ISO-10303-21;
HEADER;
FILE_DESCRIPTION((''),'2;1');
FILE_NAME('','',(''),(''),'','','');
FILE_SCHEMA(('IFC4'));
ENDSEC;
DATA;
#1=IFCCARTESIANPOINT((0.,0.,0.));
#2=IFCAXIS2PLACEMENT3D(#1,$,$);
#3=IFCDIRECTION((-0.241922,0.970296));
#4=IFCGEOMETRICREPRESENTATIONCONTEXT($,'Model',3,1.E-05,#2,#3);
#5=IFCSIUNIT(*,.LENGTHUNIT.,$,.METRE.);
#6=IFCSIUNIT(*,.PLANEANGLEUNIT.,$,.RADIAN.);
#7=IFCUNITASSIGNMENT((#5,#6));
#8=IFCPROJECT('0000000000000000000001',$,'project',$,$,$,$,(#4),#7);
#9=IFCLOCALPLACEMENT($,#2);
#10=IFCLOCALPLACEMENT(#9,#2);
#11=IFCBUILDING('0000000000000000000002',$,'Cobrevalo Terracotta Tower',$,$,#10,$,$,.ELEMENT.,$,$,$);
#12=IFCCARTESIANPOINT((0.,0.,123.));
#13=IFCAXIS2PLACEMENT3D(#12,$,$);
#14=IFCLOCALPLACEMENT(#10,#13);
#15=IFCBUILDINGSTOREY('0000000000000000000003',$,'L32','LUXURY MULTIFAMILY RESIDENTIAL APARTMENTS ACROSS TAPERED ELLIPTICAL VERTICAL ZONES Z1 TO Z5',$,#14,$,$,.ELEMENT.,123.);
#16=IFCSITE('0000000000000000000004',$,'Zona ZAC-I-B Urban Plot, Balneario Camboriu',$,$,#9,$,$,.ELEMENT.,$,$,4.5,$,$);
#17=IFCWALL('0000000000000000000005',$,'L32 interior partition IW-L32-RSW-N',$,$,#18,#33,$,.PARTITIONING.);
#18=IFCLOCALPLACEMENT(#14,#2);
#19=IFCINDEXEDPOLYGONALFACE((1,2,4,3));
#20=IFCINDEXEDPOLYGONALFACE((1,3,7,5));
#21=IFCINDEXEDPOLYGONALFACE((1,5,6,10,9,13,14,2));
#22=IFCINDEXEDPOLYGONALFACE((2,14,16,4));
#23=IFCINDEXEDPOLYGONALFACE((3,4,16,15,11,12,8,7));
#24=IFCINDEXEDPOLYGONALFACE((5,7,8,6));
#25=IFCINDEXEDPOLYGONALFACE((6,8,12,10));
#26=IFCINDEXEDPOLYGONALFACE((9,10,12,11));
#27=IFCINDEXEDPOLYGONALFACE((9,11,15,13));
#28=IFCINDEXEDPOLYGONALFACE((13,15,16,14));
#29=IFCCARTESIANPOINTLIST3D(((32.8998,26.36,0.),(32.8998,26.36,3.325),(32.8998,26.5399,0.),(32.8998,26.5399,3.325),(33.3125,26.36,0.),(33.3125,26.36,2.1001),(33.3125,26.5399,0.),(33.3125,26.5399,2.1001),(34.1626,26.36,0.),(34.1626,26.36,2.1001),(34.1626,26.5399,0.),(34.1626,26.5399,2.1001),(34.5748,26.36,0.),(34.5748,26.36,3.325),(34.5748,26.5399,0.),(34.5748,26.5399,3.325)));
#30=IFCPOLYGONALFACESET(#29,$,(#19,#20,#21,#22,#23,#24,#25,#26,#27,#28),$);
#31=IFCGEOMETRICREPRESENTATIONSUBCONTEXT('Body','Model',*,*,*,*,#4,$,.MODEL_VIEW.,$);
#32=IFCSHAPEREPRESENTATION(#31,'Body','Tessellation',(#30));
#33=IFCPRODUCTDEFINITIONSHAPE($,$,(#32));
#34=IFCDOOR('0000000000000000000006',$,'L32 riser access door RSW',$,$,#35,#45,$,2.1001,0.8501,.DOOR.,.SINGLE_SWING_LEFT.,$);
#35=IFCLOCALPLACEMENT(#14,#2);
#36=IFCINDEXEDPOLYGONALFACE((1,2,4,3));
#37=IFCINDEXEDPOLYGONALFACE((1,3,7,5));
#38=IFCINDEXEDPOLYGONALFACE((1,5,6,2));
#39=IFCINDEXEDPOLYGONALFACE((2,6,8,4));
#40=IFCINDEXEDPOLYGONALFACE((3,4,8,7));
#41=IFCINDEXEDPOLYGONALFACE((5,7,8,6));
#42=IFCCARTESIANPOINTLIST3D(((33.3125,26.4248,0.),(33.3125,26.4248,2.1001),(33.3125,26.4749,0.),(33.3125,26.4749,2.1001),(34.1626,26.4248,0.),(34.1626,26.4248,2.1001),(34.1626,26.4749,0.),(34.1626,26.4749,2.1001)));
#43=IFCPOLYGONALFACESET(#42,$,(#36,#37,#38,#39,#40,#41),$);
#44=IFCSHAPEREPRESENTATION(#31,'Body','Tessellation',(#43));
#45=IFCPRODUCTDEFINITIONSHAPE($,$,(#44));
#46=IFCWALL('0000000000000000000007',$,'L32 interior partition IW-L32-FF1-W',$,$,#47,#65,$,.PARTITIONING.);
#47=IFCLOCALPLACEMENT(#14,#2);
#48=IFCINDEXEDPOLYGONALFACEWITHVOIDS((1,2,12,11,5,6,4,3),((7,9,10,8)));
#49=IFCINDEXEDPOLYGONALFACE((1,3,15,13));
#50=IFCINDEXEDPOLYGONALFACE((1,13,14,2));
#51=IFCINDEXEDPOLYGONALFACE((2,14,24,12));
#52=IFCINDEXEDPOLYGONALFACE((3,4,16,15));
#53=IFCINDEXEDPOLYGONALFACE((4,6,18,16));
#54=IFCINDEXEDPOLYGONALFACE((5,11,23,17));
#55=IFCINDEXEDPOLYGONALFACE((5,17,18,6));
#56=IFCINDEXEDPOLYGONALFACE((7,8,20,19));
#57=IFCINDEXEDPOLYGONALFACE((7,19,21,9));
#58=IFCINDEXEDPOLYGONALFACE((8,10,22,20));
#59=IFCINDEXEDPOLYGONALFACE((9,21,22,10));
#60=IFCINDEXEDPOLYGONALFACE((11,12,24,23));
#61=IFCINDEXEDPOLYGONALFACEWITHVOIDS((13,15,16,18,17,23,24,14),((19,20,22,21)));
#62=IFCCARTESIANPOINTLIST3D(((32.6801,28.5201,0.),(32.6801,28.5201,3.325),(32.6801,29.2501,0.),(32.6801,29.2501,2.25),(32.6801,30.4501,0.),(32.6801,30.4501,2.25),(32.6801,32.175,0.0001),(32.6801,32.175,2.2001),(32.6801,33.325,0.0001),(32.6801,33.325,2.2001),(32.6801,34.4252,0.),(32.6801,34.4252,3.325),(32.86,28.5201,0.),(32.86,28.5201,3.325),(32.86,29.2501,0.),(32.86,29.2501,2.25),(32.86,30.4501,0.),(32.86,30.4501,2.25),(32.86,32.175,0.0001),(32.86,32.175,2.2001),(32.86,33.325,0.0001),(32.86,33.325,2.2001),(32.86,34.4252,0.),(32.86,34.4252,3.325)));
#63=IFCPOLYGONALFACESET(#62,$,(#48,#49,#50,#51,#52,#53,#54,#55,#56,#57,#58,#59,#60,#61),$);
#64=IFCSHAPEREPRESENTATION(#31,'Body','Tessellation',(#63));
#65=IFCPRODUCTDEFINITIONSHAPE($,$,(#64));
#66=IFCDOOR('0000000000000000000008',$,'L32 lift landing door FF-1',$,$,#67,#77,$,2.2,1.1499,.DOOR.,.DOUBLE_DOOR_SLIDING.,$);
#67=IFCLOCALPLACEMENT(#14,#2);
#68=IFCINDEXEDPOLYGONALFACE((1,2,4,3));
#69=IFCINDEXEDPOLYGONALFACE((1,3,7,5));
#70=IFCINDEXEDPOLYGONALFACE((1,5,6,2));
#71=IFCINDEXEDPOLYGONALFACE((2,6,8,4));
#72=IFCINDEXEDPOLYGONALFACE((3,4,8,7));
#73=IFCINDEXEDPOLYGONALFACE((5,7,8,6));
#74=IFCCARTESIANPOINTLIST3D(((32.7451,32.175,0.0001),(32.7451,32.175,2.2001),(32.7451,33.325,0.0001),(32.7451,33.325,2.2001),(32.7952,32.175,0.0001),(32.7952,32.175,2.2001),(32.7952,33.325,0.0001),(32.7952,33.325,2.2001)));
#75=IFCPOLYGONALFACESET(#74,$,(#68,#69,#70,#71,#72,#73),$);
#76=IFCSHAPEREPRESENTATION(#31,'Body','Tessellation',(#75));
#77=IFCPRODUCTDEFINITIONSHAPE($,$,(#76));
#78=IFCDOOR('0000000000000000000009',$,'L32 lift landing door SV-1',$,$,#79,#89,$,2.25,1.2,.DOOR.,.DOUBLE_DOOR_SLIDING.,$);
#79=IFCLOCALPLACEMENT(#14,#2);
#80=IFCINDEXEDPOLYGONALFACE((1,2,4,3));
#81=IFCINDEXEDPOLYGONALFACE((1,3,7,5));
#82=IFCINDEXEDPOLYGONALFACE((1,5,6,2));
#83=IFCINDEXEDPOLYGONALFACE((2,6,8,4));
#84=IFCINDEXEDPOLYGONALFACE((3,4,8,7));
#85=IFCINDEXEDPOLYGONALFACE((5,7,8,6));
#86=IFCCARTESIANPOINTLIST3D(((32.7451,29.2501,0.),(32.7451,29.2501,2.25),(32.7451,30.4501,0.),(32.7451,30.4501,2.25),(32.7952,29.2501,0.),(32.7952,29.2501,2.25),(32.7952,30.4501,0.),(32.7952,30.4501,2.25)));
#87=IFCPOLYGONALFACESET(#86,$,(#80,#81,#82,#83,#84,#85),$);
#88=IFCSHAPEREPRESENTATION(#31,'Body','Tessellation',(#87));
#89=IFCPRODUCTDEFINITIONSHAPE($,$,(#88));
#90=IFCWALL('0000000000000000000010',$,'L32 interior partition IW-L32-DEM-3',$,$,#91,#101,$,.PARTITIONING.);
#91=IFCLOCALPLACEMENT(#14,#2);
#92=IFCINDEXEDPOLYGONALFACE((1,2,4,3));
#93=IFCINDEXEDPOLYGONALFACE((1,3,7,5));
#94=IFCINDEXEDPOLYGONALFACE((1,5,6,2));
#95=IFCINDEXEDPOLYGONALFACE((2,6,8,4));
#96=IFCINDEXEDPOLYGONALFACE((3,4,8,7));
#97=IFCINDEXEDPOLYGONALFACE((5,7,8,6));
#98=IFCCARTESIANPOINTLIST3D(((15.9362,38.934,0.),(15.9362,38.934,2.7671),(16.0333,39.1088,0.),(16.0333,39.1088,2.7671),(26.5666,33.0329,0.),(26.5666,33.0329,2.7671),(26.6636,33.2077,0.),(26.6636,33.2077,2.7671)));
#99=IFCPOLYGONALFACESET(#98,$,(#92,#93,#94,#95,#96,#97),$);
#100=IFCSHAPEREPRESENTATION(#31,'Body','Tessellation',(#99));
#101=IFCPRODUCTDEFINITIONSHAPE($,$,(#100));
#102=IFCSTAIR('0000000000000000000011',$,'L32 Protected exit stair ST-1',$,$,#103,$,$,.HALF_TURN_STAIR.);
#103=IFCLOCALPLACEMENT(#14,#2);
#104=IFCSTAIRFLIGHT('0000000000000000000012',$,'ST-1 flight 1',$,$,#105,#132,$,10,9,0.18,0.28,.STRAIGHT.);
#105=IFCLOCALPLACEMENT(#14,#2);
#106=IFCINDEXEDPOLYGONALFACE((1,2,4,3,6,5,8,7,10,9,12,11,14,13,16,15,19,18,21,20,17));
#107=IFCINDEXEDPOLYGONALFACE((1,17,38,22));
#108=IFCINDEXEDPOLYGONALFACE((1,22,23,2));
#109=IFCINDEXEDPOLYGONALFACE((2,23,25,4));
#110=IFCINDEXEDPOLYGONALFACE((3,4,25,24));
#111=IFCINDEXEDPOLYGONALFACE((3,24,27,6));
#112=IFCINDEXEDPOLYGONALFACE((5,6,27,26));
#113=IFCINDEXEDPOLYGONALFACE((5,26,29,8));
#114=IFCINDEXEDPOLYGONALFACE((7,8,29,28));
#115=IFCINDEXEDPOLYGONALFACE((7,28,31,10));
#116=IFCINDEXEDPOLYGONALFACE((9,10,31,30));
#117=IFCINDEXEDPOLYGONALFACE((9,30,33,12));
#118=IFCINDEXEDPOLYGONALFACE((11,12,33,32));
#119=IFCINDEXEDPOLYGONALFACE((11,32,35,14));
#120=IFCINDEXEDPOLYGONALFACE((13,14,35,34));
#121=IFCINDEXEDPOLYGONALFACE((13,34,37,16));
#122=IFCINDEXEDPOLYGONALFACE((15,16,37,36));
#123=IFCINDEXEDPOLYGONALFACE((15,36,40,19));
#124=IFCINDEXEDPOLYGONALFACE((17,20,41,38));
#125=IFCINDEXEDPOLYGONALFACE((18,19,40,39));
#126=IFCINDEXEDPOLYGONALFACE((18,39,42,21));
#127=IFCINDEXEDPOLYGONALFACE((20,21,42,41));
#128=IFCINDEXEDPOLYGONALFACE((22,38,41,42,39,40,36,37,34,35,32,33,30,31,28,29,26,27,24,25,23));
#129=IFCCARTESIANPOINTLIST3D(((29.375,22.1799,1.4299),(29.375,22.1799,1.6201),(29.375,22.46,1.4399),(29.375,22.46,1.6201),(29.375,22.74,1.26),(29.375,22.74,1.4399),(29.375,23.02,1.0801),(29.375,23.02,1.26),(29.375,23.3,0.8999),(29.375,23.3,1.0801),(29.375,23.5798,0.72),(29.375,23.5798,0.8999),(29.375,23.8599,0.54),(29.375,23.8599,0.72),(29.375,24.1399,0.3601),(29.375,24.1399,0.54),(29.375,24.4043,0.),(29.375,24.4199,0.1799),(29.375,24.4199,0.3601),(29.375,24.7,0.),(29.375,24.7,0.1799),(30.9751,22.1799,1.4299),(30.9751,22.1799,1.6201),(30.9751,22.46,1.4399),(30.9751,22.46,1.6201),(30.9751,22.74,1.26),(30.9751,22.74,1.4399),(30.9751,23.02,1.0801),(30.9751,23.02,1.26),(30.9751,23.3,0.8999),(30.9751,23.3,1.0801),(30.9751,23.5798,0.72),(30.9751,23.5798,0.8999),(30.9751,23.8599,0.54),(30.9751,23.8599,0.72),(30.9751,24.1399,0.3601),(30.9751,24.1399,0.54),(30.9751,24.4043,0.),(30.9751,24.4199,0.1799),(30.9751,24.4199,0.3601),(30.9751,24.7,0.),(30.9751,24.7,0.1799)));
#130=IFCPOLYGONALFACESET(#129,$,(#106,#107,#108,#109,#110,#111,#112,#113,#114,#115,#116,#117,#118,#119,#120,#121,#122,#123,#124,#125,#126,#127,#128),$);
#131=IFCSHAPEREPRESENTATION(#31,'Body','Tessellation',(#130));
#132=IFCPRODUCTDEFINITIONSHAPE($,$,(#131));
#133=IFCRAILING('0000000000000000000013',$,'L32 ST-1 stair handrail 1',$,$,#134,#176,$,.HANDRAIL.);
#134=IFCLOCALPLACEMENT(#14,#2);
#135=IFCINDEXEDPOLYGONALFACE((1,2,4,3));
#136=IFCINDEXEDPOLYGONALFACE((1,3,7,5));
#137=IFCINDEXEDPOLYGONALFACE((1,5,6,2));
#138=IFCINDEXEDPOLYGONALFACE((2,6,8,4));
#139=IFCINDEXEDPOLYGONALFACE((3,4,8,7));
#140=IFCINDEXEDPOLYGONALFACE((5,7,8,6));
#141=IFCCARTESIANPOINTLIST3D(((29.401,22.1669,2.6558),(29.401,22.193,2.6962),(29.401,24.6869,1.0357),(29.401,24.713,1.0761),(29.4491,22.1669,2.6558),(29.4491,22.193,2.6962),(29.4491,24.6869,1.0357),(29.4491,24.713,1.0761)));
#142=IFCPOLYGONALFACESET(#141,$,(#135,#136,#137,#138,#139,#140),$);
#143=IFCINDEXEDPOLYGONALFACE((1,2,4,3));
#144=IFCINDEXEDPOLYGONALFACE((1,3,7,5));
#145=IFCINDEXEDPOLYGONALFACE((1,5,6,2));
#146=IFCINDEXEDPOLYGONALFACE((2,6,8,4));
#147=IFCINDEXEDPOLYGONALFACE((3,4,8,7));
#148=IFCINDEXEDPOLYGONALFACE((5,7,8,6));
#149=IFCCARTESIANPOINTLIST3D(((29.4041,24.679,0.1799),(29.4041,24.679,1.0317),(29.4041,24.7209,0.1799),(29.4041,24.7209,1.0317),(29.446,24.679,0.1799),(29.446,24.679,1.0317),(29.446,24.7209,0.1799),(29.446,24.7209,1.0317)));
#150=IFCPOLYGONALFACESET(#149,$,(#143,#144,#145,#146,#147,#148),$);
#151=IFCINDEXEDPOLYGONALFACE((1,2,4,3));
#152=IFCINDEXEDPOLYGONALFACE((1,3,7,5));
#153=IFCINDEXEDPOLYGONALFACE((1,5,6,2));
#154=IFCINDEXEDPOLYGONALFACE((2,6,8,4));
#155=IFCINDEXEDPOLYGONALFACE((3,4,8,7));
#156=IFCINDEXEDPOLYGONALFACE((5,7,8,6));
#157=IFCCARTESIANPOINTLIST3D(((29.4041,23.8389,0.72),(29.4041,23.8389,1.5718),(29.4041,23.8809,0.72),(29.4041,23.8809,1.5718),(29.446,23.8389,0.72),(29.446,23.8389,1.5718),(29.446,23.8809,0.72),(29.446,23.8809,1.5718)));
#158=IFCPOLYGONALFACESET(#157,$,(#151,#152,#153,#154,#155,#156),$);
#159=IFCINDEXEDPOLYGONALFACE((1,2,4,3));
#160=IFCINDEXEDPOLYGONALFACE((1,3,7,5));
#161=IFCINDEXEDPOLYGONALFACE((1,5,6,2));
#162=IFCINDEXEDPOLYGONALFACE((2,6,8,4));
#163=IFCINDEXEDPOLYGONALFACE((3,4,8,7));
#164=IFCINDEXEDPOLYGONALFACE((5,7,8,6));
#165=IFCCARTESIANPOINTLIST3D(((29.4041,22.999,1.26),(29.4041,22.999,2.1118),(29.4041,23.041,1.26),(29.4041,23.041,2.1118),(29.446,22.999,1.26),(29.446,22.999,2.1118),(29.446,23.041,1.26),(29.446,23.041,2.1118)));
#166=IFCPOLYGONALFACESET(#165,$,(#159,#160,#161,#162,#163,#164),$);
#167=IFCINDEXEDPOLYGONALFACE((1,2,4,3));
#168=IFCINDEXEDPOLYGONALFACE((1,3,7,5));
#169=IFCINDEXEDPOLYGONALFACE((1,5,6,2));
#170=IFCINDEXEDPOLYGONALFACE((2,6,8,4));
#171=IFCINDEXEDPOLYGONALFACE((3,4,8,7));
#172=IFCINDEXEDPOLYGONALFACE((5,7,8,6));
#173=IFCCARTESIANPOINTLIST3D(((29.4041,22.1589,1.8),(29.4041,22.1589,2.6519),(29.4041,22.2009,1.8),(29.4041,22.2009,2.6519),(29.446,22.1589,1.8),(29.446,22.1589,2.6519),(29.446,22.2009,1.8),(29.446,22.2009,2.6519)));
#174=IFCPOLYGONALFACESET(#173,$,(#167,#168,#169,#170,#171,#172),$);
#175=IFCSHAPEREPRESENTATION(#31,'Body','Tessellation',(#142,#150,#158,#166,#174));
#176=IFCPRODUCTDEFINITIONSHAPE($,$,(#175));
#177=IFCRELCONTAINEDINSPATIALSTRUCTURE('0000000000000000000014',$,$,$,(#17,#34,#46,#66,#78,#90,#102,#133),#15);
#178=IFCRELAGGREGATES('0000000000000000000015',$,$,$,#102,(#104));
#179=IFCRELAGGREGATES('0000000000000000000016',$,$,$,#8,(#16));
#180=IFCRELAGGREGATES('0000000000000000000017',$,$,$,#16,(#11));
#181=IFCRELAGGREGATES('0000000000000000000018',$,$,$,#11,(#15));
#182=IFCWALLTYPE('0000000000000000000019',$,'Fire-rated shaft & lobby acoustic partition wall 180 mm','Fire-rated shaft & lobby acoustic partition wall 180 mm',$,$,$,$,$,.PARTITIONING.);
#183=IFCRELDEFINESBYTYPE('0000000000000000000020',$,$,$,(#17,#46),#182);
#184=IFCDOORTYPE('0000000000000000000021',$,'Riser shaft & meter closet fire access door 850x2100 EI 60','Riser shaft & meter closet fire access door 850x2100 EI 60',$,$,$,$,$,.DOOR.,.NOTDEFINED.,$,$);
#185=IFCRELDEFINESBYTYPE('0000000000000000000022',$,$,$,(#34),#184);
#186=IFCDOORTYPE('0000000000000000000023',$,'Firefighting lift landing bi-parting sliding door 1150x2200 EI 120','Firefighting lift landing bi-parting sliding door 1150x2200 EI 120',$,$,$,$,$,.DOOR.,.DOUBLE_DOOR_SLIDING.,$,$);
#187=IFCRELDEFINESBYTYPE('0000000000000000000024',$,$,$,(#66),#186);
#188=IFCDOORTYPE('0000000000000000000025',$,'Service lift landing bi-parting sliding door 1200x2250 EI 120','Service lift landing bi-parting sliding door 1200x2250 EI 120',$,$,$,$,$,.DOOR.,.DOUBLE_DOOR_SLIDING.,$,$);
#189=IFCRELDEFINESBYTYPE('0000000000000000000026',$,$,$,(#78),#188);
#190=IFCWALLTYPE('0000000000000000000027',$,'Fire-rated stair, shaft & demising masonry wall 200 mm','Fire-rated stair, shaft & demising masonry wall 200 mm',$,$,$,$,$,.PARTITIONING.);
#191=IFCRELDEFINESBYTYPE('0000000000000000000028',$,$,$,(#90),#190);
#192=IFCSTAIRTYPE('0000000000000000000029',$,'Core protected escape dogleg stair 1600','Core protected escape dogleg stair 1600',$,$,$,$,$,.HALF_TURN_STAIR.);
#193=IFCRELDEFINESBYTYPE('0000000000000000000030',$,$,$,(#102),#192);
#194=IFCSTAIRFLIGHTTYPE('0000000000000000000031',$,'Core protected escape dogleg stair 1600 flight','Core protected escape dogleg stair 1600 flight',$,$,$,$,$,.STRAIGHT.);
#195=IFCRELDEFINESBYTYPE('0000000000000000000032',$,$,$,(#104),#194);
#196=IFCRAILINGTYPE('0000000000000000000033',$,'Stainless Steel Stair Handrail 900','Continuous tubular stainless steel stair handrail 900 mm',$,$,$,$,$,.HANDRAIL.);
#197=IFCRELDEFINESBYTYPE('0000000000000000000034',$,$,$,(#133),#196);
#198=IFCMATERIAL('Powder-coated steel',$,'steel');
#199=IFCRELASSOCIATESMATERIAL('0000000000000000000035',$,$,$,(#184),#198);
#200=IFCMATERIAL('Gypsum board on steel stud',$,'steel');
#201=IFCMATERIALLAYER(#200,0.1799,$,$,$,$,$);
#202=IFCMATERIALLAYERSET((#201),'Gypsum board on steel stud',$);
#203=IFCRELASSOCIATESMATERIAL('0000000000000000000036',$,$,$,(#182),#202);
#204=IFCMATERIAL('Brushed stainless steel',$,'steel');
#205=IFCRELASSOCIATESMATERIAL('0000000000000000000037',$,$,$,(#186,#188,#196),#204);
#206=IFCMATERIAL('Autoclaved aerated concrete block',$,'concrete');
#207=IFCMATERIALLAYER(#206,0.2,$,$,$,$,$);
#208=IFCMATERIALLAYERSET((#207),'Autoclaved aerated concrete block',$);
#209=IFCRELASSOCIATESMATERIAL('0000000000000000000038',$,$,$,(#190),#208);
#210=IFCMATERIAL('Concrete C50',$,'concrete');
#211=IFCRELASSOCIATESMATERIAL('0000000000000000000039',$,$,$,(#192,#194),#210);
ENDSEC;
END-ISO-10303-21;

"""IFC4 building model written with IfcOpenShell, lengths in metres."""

from ifc_helpers import new_model, si_unit, direction, frame, frame_2d, origin, origin_2d, place, context, subcontext, project, spatial, polyline, rectangle, outline, extrude, source, transform, mapped, material, layer, layer_set, type_object, element, fill, aggregate, save


model = new_model("IFC4")

# Units and contexts
model_context = context("Model", 3, precision=1e-05, world=origin(), true_north=direction((-0.241922, 0.970296)))
body_context = subcontext(model_context, "Body", "Model", "MODEL_VIEW")
ifc_project = project(units=[si_unit("LENGTHUNIT", "METRE"), si_unit("PLANEANGLEUNIT", "RADIAN")], contexts=[model_context])

# Site, building, storey
site_placement = place(None, origin())
site = spatial("IfcSite", under=ifc_project, at=site_placement, Name="Zona ZAC-I-B Urban Plot, Balneario Camboriu", CompositionType="ELEMENT", RefElevation=4.5)
building_placement = place(site_placement, origin())
building = spatial("IfcBuilding", under=site, at=building_placement, Name="Cobrevalo Terracotta Tower", CompositionType="ELEMENT")
storey_placement = place(building_placement, frame((0.0, 0.0, 123.0)))
storey = spatial("IfcBuildingStorey", under=building, at=storey_placement, Name="L32", Description="LUXURY MULTIFAMILY RESIDENTIAL APARTMENTS ACROSS TAPERED ELLIPTICAL VERTICAL ZONES Z1 TO Z5", CompositionType="ELEMENT", Elevation=123.0)

# Shared definitions
ifc_material_1 = material(Name="Powder-coated steel", Category="steel")
door_type_1 = type_object("IfcDoorType", Name="Riser shaft & meter closet fire access door 850x2100 EI 60", Description="Riser shaft & meter closet fire access door 850x2100 EI 60", OperationType="NOTDEFINED", PredefinedType="DOOR", material=ifc_material_1)
shared_shape_1 = source(origin(), body_context, "Body", "SweptSolid", [
    extrude(rectangle(XDim=0.8501, YDim=2.1001, at=frame_2d((0.425, 1.05))), frame((0.0, 0.0249, 0.0), z_axis=(0.0, -1.0, 0.0), x_axis=(1.0, 0.0, 0.0)), (0.0, 0.0, 1.0), 0.05),
])

# Shared definitions
ifc_material_2 = material(Name="Gypsum board on steel stud", Category="steel")

# Shared definitions
ifc_material_3 = material(Name="Brushed stainless steel", Category="steel")

# Wall, opening, door
ifc_layer_1 = layer(ifc_material_2, 0.1799)
ifc_layer_set_1 = layer_set([ifc_layer_1], Name="Gypsum board on steel stud")
wall_type_1 = type_object("IfcWallType", Name="Fire-rated shaft & lobby acoustic partition wall 180 mm", Description="Fire-rated shaft & lobby acoustic partition wall 180 mm", PredefinedType="PARTITIONING", material=ifc_layer_set_1)
wall_1_placement = place(storey_placement, frame((32.8999, 26.45, 0.0), z_axis=(0.0, 0.0, 1.0), x_axis=(1.0, 0.0, 0.0)))
wall_1 = element("IfcWall", 1, at=wall_1_placement, inside=storey, type_object=wall_type_1, Name="L32 interior partition IW-L32-RSW-N", PredefinedType="PARTITIONING", context=body_context, shape_type="SweptSolid", body=[
    extrude(rectangle(XDim=1.675, YDim=0.1799, at=frame_2d((0.8374, 0.0))), origin(), (0.0, 0.0, 1.0), 3.325),
])
opening_1_placement = place(wall_1_placement, frame((0.4126, 0.0, 0.0)))
opening_1 = element("IfcOpeningElement", 2, at=opening_1_placement, cuts=wall_1, PredefinedType="OPENING", context=body_context, shape_type="SweptSolid", body=[
    extrude(rectangle(XDim=0.8501, YDim=2.1001, at=frame_2d((0.425, 1.05))), frame((0.0, 0.1001, 0.0), z_axis=(0.0, -1.0, 0.0), x_axis=(1.0, 0.0, 0.0)), (0.0, 0.0, 1.0), 0.2),
])
door_1_placement = place(opening_1_placement, origin())
door_1 = element("IfcDoor", 3, at=door_1_placement, inside=storey, type_object=door_type_1, Name="L32 riser access door RSW", OperationType="SINGLE_SWING_LEFT", OverallHeight=2.1001, OverallWidth=0.8501, PredefinedType="DOOR", context=body_context, shape_type="MappedRepresentation", body=[
    mapped(shared_shape_1, transform((0.0, 0.0, 0.0), scale=1.0)),
])
fill(opening_1, door_1)

# Wall, openings, doors
wall_2_placement = place(storey_placement, frame((32.77, 28.52, 0.0), z_axis=(0.0, 0.0, 1.0), x_axis=(0.0, 1.0, 0.0)))
wall_2 = element("IfcWall", 4, at=wall_2_placement, inside=storey, type_object=wall_type_1, Name="L32 interior partition IW-L32-FF1-W", PredefinedType="PARTITIONING", context=body_context, shape_type="SweptSolid", body=[
    extrude(rectangle(XDim=5.905, YDim=0.1799, at=frame_2d((2.9526, 0.0))), origin(), (0.0, 0.0, 1.0), 3.325),
])
opening_2_placement = place(wall_2_placement, frame((3.655, 0.0, 0.0)))
opening_2 = element("IfcOpeningElement", 5, at=opening_2_placement, cuts=wall_2, PredefinedType="OPENING", context=body_context, shape_type="SweptSolid", body=[
    extrude(rectangle(XDim=1.1499, YDim=2.2, at=frame_2d((0.575, 1.1001))), frame((0.0, 0.1001, 0.0), z_axis=(0.0, -1.0, 0.0), x_axis=(1.0, 0.0, 0.0)), (0.0, 0.0, 1.0), 0.2),
])
opening_3_placement = place(wall_2_placement, frame((0.73, 0.0, 0.0)))
opening_3 = element("IfcOpeningElement", 6, at=opening_3_placement, cuts=wall_2, PredefinedType="OPENING", context=body_context, shape_type="SweptSolid", body=[
    extrude(rectangle(XDim=1.2, YDim=2.25, at=frame_2d((0.6001, 1.125))), frame((0.0, 0.1001, 0.0), z_axis=(0.0, -1.0, 0.0), x_axis=(1.0, 0.0, 0.0)), (0.0, 0.0, 1.0), 0.2),
])
door_type_2 = type_object("IfcDoorType", Name="Firefighting lift landing bi-parting sliding door 1150x2200 EI 120", Description="Firefighting lift landing bi-parting sliding door 1150x2200 EI 120", OperationType="DOUBLE_DOOR_SLIDING", PredefinedType="DOOR", material=ifc_material_3)
shared_shape_2 = source(origin(), body_context, "Body", "SweptSolid", [
    extrude(rectangle(XDim=1.1499, YDim=2.2, at=frame_2d((0.575, 1.1001))), frame((0.0, 0.0249, 0.0), z_axis=(0.0, -1.0, 0.0), x_axis=(1.0, 0.0, 0.0)), (0.0, 0.0, 1.0), 0.05),
])
door_2_placement = place(opening_2_placement, origin())
door_2 = element("IfcDoor", 7, at=door_2_placement, inside=storey, type_object=door_type_2, Name="L32 lift landing door FF-1", OperationType="DOUBLE_DOOR_SLIDING", OverallHeight=2.2, OverallWidth=1.1499, PredefinedType="DOOR", context=body_context, shape_type="MappedRepresentation", body=[
    mapped(shared_shape_2, transform((0.0, 0.0, 0.0), scale=1.0)),
])
fill(opening_2, door_2)
door_type_3 = type_object("IfcDoorType", Name="Service lift landing bi-parting sliding door 1200x2250 EI 120", Description="Service lift landing bi-parting sliding door 1200x2250 EI 120", OperationType="DOUBLE_DOOR_SLIDING", PredefinedType="DOOR", material=ifc_material_3)
shared_shape_3 = source(origin(), body_context, "Body", "SweptSolid", [
    extrude(rectangle(XDim=1.2, YDim=2.25, at=frame_2d((0.6001, 1.125))), frame((0.0, 0.0249, 0.0), z_axis=(0.0, -1.0, 0.0), x_axis=(1.0, 0.0, 0.0)), (0.0, 0.0, 1.0), 0.05),
])
door_3_placement = place(opening_3_placement, origin())
door_3 = element("IfcDoor", 8, at=door_3_placement, inside=storey, type_object=door_type_3, Name="L32 lift landing door SV-1", OperationType="DOUBLE_DOOR_SLIDING", OverallHeight=2.25, OverallWidth=1.2, PredefinedType="DOOR", context=body_context, shape_type="MappedRepresentation", body=[
    mapped(shared_shape_3, transform((0.0, 0.0, 0.0), scale=1.0)),
])
fill(opening_3, door_3)

# Wall
ifc_material_4 = material(Name="Autoclaved aerated concrete block", Category="concrete")
ifc_layer_2 = layer(ifc_material_4, 0.2)
ifc_layer_set_2 = layer_set([ifc_layer_2], Name="Autoclaved aerated concrete block")
wall_type_2 = type_object("IfcWallType", Name="Fire-rated stair, shaft & demising masonry wall 200 mm", Description="Fire-rated stair, shaft & demising masonry wall 200 mm", PredefinedType="PARTITIONING", material=ifc_layer_set_2)
wall_3_placement = place(storey_placement, frame((26.615, 33.1204, 0.0), z_axis=(0.0, 0.0, 1.0), x_axis=(-0.874319, 0.485351, 0.0)))
element("IfcWall", 9, at=wall_3_placement, inside=storey, type_object=wall_type_2, Name="L32 interior partition IW-L32-DEM-3", PredefinedType="PARTITIONING", context=body_context, shape_type="SweptSolid", body=[
    extrude(rectangle(XDim=12.1584, YDim=0.2, at=frame_2d((6.0791, 0.0))), origin(), (0.0, 0.0, 1.0), 2.7671),
])

# Shared definitions
ifc_material_5 = material(Name="Concrete C50", Category="concrete")

# Stair, stair flight
stair_type = type_object("IfcStairType", Name="Core protected escape dogleg stair 1600", Description="Core protected escape dogleg stair 1600", PredefinedType="HALF_TURN_STAIR", material=ifc_material_5)
stair_placement = place(storey_placement, origin())
stair = element("IfcStair", 10, at=stair_placement, inside=storey, type_object=stair_type, Name="L32 Protected exit stair ST-1", PredefinedType="HALF_TURN_STAIR")
stair_flight_type = type_object("IfcStairFlightType", Name="Core protected escape dogleg stair 1600 flight", Description="Core protected escape dogleg stair 1600 flight", PredefinedType="STRAIGHT", material=ifc_material_5)
stair_flight_placement = place(storey_placement, frame((30.175, 24.7, 0.0), z_axis=(0.0, 0.0, 1.0), x_axis=(0.0, -1.0, 0.0)))
stair_flight = element("IfcStairFlight", 11, at=stair_flight_placement, type_object=stair_flight_type, Name="ST-1 flight 1", NumberOfRisers=10, NumberOfTreads=9, PredefinedType="STRAIGHT", RiserHeight=0.18, TreadLength=0.28, context=body_context, shape_type="SweptSolid", body=[
    extrude(outline(polyline([(0.0, 0.0), (0.0, 0.1799), (0.28, 0.1799), (0.28, 0.3601), (0.5601, 0.3601), (0.5601, 0.54), (0.8401, 0.54), (0.8401, 0.72), (1.1201, 0.72), (1.1201, 0.8999), (1.3999, 0.8999), (1.3999, 1.0801), (1.6799, 1.0801), (1.6799, 1.26), (1.96, 1.26), (1.96, 1.4399), (2.24, 1.4399), (2.24, 1.6201), (2.52, 1.6201), (2.52, 1.8), (2.52, 1.4299), (0.2957, 0.0), (0.0, 0.0)])), frame((0.0, 0.8, 0.0), z_axis=(0.0, -1.0, 0.0), x_axis=(1.0, 0.0, 0.0)), (0.0, 0.0, 1.0), 1.6001),
])
aggregate(stair, [stair_flight])

# Railing
railing_type_1 = type_object("IfcRailingType", Name="Stainless Steel Stair Handrail 900", Description="Continuous tubular stainless steel stair handrail 900 mm", PredefinedType="HANDRAIL", material=ifc_material_3)
railing_1_placement = place(storey_placement, frame((29.425, 24.7, 0.1799)))
element("IfcRailing", 12, at=railing_1_placement, inside=storey, type_object=railing_type_1, Name="L32 ST-1 stair handrail 1", PredefinedType="HANDRAIL", context=body_context, shape_type="SweptSolid", body=[
    extrude(rectangle(XDim=0.0481, YDim=0.0481, at=origin_2d()), frame((0.0, 0.0, 0.876), z_axis=(0.0, -0.841163, 0.540782), x_axis=(1.0, 0.0, 0.0)), (0.0, 0.0, 1.0), 2.9958),
    extrude(rectangle(XDim=0.042, YDim=0.042, at=origin_2d()), origin(), (0.0, 0.0, 1.0), 0.8518),
    extrude(rectangle(XDim=0.042, YDim=0.042, at=origin_2d()), frame((0.0, -0.8401, 0.54)), (0.0, 0.0, 1.0), 0.8518),
    extrude(rectangle(XDim=0.042, YDim=0.042, at=origin_2d()), frame((0.0, -1.6799, 1.0801)), (0.0, 0.0, 1.0), 0.8518),
    extrude(rectangle(XDim=0.042, YDim=0.042, at=origin_2d()), frame((0.0, -2.52, 1.6201)), (0.0, 0.0, 1.0), 0.8518),
])

save(model, "model.ifc")
